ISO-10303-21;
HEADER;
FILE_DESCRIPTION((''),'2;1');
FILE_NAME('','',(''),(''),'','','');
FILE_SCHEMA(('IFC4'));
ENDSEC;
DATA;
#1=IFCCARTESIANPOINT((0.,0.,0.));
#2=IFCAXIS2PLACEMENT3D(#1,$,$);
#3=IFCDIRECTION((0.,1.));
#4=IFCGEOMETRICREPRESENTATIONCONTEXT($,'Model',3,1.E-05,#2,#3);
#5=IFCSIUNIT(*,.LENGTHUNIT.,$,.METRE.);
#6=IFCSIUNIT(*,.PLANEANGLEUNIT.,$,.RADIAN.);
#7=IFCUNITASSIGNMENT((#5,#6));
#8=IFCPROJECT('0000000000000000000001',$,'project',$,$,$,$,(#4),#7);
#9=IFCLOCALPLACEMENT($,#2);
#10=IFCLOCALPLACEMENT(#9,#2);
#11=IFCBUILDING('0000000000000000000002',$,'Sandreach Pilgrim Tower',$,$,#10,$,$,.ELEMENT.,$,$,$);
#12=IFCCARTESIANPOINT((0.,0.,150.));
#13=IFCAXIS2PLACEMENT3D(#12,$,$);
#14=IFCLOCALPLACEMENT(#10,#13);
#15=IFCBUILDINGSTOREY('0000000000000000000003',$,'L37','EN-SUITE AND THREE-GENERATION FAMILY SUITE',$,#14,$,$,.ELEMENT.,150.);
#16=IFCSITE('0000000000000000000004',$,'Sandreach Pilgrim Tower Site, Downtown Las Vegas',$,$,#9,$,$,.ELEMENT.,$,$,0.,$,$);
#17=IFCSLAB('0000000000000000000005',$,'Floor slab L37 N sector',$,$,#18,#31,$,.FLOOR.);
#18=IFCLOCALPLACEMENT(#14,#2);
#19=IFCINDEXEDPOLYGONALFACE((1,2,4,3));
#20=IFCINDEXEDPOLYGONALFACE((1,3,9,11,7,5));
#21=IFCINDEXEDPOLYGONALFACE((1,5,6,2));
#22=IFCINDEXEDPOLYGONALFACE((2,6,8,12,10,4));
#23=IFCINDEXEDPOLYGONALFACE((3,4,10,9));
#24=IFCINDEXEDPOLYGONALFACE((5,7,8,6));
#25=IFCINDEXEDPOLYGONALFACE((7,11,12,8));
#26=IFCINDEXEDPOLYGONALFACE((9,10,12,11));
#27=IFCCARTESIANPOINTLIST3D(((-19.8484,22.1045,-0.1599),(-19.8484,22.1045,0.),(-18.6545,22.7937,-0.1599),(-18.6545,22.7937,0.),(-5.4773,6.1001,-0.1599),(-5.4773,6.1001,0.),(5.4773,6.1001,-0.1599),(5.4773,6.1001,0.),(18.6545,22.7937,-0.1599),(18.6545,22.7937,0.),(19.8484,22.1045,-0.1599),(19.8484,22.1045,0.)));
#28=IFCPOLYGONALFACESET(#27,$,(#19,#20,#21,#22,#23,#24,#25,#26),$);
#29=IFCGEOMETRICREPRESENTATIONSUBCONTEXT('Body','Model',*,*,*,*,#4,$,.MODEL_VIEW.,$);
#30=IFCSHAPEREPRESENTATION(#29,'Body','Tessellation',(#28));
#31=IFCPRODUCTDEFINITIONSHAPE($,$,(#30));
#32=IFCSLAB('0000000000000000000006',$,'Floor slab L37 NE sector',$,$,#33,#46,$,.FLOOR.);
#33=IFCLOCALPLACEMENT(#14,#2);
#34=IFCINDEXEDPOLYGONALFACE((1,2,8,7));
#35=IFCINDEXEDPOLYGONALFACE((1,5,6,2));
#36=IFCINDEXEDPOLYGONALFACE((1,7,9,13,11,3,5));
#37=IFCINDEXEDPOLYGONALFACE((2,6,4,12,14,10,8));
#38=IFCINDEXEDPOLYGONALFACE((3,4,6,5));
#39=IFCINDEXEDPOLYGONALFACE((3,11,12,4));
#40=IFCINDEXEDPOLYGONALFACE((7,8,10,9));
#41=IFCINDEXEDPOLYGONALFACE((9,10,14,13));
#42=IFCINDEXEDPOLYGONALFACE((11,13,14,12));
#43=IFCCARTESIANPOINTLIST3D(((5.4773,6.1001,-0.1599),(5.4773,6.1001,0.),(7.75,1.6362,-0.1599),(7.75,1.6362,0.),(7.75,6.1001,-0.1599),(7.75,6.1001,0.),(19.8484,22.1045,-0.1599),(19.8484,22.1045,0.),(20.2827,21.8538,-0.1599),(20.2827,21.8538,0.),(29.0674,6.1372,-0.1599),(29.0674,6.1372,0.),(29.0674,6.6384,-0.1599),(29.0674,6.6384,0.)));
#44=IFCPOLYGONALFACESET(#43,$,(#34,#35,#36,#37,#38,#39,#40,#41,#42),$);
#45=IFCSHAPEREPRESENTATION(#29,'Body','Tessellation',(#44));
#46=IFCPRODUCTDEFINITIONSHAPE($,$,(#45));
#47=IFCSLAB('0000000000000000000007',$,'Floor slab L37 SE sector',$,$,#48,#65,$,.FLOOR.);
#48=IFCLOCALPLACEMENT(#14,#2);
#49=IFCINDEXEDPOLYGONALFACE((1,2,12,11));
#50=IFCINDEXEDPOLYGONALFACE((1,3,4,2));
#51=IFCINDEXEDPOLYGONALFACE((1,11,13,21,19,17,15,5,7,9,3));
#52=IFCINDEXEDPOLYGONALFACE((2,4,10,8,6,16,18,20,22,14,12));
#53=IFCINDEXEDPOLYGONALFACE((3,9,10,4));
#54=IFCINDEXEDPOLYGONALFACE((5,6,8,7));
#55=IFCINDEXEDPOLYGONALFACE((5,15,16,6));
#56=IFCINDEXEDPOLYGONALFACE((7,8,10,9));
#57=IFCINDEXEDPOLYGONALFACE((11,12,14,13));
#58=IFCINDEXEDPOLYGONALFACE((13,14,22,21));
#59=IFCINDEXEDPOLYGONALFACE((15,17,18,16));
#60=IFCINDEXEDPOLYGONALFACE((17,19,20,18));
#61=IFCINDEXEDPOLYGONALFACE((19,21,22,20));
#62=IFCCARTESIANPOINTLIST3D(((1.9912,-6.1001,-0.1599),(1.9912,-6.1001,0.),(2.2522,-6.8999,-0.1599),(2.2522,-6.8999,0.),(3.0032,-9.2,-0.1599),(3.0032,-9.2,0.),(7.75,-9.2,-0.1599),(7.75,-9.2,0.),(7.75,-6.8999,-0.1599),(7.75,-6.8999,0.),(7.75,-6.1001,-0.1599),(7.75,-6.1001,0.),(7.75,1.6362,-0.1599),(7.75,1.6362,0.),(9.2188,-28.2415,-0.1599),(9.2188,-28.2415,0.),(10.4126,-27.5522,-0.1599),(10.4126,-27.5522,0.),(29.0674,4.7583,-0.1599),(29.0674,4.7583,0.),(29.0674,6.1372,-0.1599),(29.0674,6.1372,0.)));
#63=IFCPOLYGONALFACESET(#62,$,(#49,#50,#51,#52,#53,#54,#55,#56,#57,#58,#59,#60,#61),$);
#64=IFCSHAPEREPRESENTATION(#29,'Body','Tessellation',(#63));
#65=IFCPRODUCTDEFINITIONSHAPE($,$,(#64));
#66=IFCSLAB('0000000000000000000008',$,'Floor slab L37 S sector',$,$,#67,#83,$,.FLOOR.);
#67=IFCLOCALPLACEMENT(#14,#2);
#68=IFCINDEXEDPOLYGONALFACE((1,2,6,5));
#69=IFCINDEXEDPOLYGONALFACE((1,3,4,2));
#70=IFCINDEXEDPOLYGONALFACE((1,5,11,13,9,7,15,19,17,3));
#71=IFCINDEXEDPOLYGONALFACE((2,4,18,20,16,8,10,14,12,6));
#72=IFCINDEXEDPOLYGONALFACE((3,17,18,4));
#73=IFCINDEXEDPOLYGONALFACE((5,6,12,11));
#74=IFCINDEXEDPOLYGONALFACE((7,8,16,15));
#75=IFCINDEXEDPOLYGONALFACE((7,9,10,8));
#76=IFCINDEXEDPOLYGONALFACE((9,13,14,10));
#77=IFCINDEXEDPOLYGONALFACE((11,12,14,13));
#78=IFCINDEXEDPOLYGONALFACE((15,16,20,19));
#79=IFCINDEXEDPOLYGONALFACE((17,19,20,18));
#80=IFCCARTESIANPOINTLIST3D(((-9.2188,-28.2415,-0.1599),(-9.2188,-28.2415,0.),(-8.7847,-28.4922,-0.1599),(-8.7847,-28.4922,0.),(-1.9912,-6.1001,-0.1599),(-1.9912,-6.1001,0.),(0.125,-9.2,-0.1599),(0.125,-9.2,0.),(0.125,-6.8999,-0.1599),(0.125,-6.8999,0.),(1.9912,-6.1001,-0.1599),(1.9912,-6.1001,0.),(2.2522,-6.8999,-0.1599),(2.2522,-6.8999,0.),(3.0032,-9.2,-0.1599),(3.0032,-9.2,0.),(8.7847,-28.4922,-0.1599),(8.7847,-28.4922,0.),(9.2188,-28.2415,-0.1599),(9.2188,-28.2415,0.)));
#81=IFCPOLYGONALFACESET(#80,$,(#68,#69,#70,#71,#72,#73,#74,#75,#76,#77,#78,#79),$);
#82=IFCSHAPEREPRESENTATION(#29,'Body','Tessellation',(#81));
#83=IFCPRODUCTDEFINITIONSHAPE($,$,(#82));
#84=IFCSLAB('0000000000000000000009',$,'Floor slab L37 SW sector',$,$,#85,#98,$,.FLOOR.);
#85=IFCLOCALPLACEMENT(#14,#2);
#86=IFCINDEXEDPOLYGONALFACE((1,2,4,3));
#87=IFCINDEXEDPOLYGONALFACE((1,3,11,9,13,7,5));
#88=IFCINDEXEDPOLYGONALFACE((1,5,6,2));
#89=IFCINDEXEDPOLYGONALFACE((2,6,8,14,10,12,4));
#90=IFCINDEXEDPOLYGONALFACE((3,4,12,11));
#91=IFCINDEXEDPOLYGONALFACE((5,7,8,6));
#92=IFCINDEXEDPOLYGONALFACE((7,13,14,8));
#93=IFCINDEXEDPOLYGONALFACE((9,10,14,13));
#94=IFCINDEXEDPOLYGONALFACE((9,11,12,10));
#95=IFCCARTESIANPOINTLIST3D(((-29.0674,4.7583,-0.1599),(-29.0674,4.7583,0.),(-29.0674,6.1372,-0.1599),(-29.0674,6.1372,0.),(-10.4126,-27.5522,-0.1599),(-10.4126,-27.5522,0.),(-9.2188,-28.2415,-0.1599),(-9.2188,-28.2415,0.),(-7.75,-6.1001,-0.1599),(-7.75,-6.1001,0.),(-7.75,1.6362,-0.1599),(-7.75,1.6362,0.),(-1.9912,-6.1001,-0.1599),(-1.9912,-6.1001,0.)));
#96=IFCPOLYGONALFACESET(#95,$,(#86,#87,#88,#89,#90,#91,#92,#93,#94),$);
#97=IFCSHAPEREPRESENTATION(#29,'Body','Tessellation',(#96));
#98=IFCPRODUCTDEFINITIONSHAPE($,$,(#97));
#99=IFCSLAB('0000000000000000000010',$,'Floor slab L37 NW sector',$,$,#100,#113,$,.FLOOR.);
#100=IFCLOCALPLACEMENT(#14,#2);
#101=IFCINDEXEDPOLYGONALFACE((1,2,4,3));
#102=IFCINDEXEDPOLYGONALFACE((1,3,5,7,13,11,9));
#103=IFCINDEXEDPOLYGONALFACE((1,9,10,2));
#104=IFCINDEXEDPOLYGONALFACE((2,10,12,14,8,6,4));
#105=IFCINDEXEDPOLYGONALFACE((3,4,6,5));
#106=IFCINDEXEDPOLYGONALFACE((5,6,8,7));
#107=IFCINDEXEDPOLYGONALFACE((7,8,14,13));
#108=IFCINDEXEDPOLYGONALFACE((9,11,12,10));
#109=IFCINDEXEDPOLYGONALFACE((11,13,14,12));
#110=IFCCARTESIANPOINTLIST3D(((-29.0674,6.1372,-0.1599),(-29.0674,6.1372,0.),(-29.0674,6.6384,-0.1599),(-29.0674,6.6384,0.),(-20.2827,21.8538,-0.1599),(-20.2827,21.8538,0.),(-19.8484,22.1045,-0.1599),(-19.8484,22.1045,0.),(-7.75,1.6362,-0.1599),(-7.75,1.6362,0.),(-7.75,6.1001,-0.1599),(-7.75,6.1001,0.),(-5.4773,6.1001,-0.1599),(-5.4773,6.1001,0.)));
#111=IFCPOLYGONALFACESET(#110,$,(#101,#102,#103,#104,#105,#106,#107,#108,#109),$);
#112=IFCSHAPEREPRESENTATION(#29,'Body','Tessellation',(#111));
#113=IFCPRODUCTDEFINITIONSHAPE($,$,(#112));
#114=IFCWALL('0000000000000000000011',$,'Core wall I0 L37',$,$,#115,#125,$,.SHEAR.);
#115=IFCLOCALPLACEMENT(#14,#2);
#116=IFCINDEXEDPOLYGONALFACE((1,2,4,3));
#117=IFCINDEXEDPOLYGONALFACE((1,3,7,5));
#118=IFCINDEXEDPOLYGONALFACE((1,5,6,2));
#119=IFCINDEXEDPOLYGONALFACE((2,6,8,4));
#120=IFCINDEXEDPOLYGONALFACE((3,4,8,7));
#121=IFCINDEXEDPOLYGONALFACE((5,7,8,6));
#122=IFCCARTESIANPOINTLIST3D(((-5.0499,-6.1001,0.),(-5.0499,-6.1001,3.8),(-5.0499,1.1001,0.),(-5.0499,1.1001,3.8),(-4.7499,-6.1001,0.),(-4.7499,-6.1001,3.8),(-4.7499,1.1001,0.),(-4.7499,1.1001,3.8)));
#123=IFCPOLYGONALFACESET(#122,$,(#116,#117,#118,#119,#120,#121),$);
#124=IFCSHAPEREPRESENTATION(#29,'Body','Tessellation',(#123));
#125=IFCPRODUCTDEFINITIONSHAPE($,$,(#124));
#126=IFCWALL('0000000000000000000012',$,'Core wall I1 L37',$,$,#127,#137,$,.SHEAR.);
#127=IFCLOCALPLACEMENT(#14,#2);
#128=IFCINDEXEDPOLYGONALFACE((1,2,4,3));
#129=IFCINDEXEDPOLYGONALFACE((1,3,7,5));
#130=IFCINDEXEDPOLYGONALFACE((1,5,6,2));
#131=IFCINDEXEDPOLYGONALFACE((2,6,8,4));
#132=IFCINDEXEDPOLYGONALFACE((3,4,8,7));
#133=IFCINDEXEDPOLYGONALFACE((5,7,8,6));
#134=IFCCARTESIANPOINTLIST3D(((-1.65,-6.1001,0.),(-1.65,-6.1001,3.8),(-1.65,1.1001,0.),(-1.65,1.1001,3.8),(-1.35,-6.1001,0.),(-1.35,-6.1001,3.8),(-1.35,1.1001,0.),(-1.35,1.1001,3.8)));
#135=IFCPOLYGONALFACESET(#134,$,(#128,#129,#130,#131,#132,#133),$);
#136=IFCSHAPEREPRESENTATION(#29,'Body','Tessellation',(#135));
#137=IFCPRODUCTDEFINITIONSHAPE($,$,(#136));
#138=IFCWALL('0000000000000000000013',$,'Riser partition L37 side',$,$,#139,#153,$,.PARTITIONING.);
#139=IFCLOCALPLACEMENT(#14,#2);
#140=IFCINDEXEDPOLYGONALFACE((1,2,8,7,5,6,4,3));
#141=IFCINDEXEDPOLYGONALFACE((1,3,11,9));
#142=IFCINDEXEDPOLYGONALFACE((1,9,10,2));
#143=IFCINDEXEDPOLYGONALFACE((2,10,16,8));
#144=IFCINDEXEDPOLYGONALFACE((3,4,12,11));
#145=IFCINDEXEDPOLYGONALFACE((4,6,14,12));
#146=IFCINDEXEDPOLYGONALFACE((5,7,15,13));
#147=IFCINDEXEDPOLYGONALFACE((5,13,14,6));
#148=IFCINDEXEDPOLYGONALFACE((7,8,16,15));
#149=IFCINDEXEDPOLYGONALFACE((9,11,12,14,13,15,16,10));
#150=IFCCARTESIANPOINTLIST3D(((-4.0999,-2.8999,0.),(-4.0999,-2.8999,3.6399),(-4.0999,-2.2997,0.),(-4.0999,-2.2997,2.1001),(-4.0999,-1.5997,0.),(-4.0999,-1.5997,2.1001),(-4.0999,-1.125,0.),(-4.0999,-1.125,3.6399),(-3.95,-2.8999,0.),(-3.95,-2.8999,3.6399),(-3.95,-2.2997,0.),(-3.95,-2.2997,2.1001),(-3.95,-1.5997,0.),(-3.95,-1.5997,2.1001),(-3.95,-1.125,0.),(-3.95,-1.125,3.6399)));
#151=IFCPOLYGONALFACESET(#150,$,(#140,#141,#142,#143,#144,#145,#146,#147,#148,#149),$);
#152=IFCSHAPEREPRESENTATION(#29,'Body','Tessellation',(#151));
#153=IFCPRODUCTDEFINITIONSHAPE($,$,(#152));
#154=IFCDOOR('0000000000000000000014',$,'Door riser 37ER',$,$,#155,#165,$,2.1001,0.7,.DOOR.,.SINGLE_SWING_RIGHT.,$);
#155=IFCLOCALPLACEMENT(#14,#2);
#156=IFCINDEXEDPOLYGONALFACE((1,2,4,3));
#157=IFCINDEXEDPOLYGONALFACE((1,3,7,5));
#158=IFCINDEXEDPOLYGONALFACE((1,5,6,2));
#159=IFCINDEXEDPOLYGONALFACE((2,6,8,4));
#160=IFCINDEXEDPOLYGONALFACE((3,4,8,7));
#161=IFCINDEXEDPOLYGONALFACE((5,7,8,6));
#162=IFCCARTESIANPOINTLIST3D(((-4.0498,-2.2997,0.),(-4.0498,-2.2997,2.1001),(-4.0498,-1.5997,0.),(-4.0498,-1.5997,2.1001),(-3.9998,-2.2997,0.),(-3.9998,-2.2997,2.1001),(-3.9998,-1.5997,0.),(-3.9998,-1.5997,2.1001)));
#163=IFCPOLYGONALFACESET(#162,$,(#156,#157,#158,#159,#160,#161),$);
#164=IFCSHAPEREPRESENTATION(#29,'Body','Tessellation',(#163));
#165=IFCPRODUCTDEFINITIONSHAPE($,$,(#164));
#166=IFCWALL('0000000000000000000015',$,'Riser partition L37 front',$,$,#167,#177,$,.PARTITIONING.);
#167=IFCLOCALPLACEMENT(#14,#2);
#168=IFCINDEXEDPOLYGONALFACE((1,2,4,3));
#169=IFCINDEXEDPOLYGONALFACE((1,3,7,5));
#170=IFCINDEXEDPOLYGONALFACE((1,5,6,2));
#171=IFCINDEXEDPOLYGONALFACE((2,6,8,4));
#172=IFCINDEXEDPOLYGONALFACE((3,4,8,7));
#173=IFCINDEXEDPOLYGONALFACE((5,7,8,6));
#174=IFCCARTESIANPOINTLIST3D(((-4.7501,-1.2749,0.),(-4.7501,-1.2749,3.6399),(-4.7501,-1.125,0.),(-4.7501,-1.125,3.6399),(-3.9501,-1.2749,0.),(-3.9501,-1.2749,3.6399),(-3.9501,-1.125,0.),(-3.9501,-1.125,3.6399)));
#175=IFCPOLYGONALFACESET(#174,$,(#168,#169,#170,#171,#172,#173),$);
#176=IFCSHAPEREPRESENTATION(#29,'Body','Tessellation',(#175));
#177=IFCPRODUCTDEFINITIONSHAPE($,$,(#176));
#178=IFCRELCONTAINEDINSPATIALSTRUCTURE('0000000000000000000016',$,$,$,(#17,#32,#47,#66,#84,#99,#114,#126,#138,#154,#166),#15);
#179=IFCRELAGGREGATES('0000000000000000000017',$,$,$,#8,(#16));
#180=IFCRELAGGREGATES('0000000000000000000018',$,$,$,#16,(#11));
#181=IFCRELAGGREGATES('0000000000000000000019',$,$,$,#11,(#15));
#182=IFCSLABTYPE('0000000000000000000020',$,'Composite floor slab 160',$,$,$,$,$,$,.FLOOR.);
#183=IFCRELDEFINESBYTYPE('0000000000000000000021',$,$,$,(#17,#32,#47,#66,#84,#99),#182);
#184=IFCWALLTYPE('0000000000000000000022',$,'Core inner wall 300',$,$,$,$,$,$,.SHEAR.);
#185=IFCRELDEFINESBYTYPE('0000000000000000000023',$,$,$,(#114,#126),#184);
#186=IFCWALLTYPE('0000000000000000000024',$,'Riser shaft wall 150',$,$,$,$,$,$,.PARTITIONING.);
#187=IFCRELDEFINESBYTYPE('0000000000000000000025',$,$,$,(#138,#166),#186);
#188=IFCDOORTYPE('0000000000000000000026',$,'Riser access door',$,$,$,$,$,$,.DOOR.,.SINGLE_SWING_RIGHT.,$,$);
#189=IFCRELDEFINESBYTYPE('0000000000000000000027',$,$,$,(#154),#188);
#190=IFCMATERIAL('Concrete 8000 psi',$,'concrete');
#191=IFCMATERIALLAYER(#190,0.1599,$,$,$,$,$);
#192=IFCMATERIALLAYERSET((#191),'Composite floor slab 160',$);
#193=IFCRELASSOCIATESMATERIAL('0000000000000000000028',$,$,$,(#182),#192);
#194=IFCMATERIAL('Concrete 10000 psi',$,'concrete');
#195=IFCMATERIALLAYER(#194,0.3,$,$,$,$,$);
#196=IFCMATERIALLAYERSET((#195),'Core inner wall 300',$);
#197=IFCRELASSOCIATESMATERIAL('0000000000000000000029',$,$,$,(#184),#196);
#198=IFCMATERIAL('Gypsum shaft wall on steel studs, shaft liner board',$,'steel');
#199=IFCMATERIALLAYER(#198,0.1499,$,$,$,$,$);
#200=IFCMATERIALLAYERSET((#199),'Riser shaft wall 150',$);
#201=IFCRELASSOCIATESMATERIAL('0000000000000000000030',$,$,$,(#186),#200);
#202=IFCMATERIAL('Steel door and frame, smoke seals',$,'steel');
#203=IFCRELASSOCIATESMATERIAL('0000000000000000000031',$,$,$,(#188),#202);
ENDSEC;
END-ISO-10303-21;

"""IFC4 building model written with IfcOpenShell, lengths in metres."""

from ifc_helpers import new_model, si_unit, direction, frame, frame_2d, origin, place, context, subcontext, project, spatial, polyline, rectangle, outline, extrude, material, layer, layer_set, type_object, element, fill, save


model = new_model("IFC4")

# Units and contexts
model_context = context("Model", 3, precision=1e-05, world=origin(), true_north=direction((0.0, 1.0)))
body_context = subcontext(model_context, "Body", "Model", "MODEL_VIEW")
ifc_project = project(units=[si_unit("LENGTHUNIT", "METRE"), si_unit("PLANEANGLEUNIT", "RADIAN")], contexts=[model_context])

# Site, building, storey
site_placement = place(None, origin())
site = spatial("IfcSite", under=ifc_project, at=site_placement, Name="Sandreach Pilgrim Tower Site, Downtown Las Vegas", CompositionType="ELEMENT", RefElevation=0.0)
building_placement = place(site_placement, origin())
building = spatial("IfcBuilding", under=site, at=building_placement, Name="Sandreach Pilgrim Tower", CompositionType="ELEMENT")
storey_placement = place(building_placement, frame((0.0, 0.0, 150.0)))
storey = spatial("IfcBuildingStorey", under=building, at=storey_placement, Name="L37", Description="EN-SUITE AND THREE-GENERATION FAMILY SUITE", CompositionType="ELEMENT", Elevation=150.0)

# Slabs
ifc_material_1 = material(Name="Concrete 8000 psi", Category="concrete")
ifc_layer_1 = layer(ifc_material_1, 0.1599)
ifc_layer_set_1 = layer_set([ifc_layer_1], Name="Composite floor slab 160")
slab_type = type_object("IfcSlabType", Name="Composite floor slab 160", PredefinedType="FLOOR", material=ifc_layer_set_1)
slab_1_placement = place(storey_placement, frame((0.0, 0.0, -0.1599)))
element("IfcSlab", 1, at=slab_1_placement, inside=storey, type_object=slab_type, Name="Floor slab L37 N sector", PredefinedType="FLOOR", context=body_context, shape_type="SweptSolid", body=[
    extrude(outline(polyline([(-18.6545, 22.7937), (18.6545, 22.7937), (19.8484, 22.1045), (5.4773, 6.1001), (-5.4773, 6.1001), (-19.8484, 22.1045), (-18.6545, 22.7937)])), origin(), (0.0, 0.0, 1.0), 0.1599),
])
slab_2_placement = place(storey_placement, frame((0.0, 0.0, -0.1599)))
element("IfcSlab", 2, at=slab_2_placement, inside=storey, type_object=slab_type, Name="Floor slab L37 NE sector", PredefinedType="FLOOR", context=body_context, shape_type="SweptSolid", body=[
    extrude(outline(polyline([(20.2827, 21.8538), (29.0674, 6.6384), (29.0674, 6.1372), (7.75, 1.6362), (7.75, 6.1001), (5.4773, 6.1001), (19.8484, 22.1045), (20.2827, 21.8538)])), origin(), (0.0, 0.0, 1.0), 0.1599),
])
slab_3_placement = place(storey_placement, frame((0.0, 0.0, -0.1599)))
element("IfcSlab", 3, at=slab_3_placement, inside=storey, type_object=slab_type, Name="Floor slab L37 SE sector", PredefinedType="FLOOR", context=body_context, shape_type="SweptSolid", body=[
    extrude(outline(polyline([(29.0674, 4.7583), (10.4126, -27.5522), (9.2188, -28.2415), (3.0032, -9.2), (7.75, -9.2), (7.75, -6.8999), (2.2522, -6.8999), (1.9912, -6.1001), (7.75, -6.1001), (7.75, 1.6362), (29.0674, 6.1372), (29.0674, 4.7583)])), origin(), (0.0, 0.0, 1.0), 0.1599),
])
slab_4_placement = place(storey_placement, frame((0.0, 0.0, -0.1599)))
element("IfcSlab", 4, at=slab_4_placement, inside=storey, type_object=slab_type, Name="Floor slab L37 S sector", PredefinedType="FLOOR", context=body_context, shape_type="SweptSolid", body=[
    extrude(outline(polyline([(8.7847, -28.4922), (-8.7847, -28.4922), (-9.2188, -28.2415), (-1.9912, -6.1001), (1.9912, -6.1001), (2.2522, -6.8999), (0.125, -6.8999), (0.125, -9.2), (3.0032, -9.2), (9.2188, -28.2415), (8.7847, -28.4922)])), origin(), (0.0, 0.0, 1.0), 0.1599),
])
slab_5_placement = place(storey_placement, frame((0.0, 0.0, -0.1599)))
element("IfcSlab", 5, at=slab_5_placement, inside=storey, type_object=slab_type, Name="Floor slab L37 SW sector", PredefinedType="FLOOR", context=body_context, shape_type="SweptSolid", body=[
    extrude(outline(polyline([(-10.4126, -27.5522), (-29.0674, 4.7583), (-29.0674, 6.1372), (-7.75, 1.6362), (-7.75, -6.1001), (-1.9912, -6.1001), (-9.2188, -28.2415), (-10.4126, -27.5522)])), origin(), (0.0, 0.0, 1.0), 0.1599),
])
slab_6_placement = place(storey_placement, frame((0.0, 0.0, -0.1599)))
element("IfcSlab", 6, at=slab_6_placement, inside=storey, type_object=slab_type, Name="Floor slab L37 NW sector", PredefinedType="FLOOR", context=body_context, shape_type="SweptSolid", body=[
    extrude(outline(polyline([(-29.0674, 6.6384), (-20.2827, 21.8538), (-19.8484, 22.1045), (-5.4773, 6.1001), (-7.75, 6.1001), (-7.75, 1.6362), (-29.0674, 6.1372), (-29.0674, 6.6384)])), origin(), (0.0, 0.0, 1.0), 0.1599),
])

# Walls
ifc_material_2 = material(Name="Concrete 10000 psi", Category="concrete")
ifc_layer_2 = layer(ifc_material_2, 0.3)
ifc_layer_set_2 = layer_set([ifc_layer_2], Name="Core inner wall 300")
wall_type_1 = type_object("IfcWallType", Name="Core inner wall 300", PredefinedType="SHEAR", material=ifc_layer_set_2)
for number, where, z_axis, x_axis, name in (
    (7, (-4.8999, -6.1001, 0.0), (0.0, 0.0, 1.0), (0.0, 1.0, 0.0), "Core wall I0 L37"),
    (8, (-1.5, -6.1001, 0.0), (0.0, 0.0, 1.0), (0.0, 1.0, 0.0), "Core wall I1 L37"),
):
    element("IfcWall", number, at=place(storey_placement, frame(where, z_axis=z_axis, x_axis=x_axis)), inside=storey, type_object=wall_type_1, Name=name, PredefinedType="SHEAR", context=body_context, shape_type="SweptSolid", body=[
        extrude(rectangle(XDim=7.2002, YDim=0.3, at=frame_2d((3.6001, 0.0))), origin(), (0.0, 0.0, 1.0), 3.8),
    ])

# Wall, opening, door
ifc_material_3 = material(Name="Gypsum shaft wall on steel studs, shaft liner board", Category="steel")
ifc_layer_3 = layer(ifc_material_3, 0.1499)
ifc_layer_set_3 = layer_set([ifc_layer_3], Name="Riser shaft wall 150")
wall_type_2 = type_object("IfcWallType", Name="Riser shaft wall 150", PredefinedType="PARTITIONING", material=ifc_layer_set_3)
wall_1_placement = place(storey_placement, frame((-4.0249, -2.8999, 0.0), z_axis=(0.0, 0.0, 1.0), x_axis=(0.0, 1.0, 0.0)))
wall_1 = element("IfcWall", 9, at=wall_1_placement, inside=storey, type_object=wall_type_2, Name="Riser partition L37 side", PredefinedType="PARTITIONING", context=body_context, shape_type="SweptSolid", body=[
    extrude(rectangle(XDim=1.7749, YDim=0.1499, at=frame_2d((0.8875, 0.0))), origin(), (0.0, 0.0, 1.0), 3.6399),
])
opening_1_placement = place(wall_1_placement, frame((0.6001, 0.0, 0.0)))
opening_1 = element("IfcOpeningElement", 10, at=opening_1_placement, cuts=wall_1, PredefinedType="OPENING", context=body_context, shape_type="SweptSolid", body=[
    extrude(rectangle(XDim=0.7, YDim=2.1001, at=frame_2d((0.3501, 1.05))), frame((0.0, 0.075, 0.0), z_axis=(0.0, -1.0, 0.0), x_axis=(1.0, 0.0, 0.0)), (0.0, 0.0, 1.0), 0.1499),
])
ifc_material_4 = material(Name="Steel door and frame, smoke seals", Category="steel")
door_type_1 = type_object("IfcDoorType", Name="Riser access door", OperationType="SINGLE_SWING_RIGHT", PredefinedType="DOOR", material=ifc_material_4)
door_1_placement = place(opening_1_placement, origin())
door_1 = element("IfcDoor", 11, at=door_1_placement, inside=storey, type_object=door_type_1, Name="Door riser 37ER", OperationType="SINGLE_SWING_RIGHT", OverallHeight=2.1001, OverallWidth=0.7, PredefinedType="DOOR", context=body_context, shape_type="SweptSolid", body=[
    extrude(rectangle(XDim=0.7, YDim=2.1001, at=frame_2d((0.3501, 1.05))), frame((0.0, 0.0249, 0.0), z_axis=(0.0, -1.0, 0.0), x_axis=(1.0, 0.0, 0.0)), (0.0, 0.0, 1.0), 0.05),
])
fill(opening_1, door_1)

# Wall
wall_2_placement = place(storey_placement, frame((-4.75, -1.2, 0.0), z_axis=(0.0, 0.0, 1.0), x_axis=(1.0, 0.0, 0.0)))
element("IfcWall", 12, at=wall_2_placement, inside=storey, type_object=wall_type_2, Name="Riser partition L37 front", PredefinedType="PARTITIONING", context=body_context, shape_type="SweptSolid", body=[
    extrude(rectangle(XDim=0.8, YDim=0.1499, at=frame_2d((0.3999, 0.0))), origin(), (0.0, 0.0, 1.0), 3.6399),
])

save(model, "model.ifc")
